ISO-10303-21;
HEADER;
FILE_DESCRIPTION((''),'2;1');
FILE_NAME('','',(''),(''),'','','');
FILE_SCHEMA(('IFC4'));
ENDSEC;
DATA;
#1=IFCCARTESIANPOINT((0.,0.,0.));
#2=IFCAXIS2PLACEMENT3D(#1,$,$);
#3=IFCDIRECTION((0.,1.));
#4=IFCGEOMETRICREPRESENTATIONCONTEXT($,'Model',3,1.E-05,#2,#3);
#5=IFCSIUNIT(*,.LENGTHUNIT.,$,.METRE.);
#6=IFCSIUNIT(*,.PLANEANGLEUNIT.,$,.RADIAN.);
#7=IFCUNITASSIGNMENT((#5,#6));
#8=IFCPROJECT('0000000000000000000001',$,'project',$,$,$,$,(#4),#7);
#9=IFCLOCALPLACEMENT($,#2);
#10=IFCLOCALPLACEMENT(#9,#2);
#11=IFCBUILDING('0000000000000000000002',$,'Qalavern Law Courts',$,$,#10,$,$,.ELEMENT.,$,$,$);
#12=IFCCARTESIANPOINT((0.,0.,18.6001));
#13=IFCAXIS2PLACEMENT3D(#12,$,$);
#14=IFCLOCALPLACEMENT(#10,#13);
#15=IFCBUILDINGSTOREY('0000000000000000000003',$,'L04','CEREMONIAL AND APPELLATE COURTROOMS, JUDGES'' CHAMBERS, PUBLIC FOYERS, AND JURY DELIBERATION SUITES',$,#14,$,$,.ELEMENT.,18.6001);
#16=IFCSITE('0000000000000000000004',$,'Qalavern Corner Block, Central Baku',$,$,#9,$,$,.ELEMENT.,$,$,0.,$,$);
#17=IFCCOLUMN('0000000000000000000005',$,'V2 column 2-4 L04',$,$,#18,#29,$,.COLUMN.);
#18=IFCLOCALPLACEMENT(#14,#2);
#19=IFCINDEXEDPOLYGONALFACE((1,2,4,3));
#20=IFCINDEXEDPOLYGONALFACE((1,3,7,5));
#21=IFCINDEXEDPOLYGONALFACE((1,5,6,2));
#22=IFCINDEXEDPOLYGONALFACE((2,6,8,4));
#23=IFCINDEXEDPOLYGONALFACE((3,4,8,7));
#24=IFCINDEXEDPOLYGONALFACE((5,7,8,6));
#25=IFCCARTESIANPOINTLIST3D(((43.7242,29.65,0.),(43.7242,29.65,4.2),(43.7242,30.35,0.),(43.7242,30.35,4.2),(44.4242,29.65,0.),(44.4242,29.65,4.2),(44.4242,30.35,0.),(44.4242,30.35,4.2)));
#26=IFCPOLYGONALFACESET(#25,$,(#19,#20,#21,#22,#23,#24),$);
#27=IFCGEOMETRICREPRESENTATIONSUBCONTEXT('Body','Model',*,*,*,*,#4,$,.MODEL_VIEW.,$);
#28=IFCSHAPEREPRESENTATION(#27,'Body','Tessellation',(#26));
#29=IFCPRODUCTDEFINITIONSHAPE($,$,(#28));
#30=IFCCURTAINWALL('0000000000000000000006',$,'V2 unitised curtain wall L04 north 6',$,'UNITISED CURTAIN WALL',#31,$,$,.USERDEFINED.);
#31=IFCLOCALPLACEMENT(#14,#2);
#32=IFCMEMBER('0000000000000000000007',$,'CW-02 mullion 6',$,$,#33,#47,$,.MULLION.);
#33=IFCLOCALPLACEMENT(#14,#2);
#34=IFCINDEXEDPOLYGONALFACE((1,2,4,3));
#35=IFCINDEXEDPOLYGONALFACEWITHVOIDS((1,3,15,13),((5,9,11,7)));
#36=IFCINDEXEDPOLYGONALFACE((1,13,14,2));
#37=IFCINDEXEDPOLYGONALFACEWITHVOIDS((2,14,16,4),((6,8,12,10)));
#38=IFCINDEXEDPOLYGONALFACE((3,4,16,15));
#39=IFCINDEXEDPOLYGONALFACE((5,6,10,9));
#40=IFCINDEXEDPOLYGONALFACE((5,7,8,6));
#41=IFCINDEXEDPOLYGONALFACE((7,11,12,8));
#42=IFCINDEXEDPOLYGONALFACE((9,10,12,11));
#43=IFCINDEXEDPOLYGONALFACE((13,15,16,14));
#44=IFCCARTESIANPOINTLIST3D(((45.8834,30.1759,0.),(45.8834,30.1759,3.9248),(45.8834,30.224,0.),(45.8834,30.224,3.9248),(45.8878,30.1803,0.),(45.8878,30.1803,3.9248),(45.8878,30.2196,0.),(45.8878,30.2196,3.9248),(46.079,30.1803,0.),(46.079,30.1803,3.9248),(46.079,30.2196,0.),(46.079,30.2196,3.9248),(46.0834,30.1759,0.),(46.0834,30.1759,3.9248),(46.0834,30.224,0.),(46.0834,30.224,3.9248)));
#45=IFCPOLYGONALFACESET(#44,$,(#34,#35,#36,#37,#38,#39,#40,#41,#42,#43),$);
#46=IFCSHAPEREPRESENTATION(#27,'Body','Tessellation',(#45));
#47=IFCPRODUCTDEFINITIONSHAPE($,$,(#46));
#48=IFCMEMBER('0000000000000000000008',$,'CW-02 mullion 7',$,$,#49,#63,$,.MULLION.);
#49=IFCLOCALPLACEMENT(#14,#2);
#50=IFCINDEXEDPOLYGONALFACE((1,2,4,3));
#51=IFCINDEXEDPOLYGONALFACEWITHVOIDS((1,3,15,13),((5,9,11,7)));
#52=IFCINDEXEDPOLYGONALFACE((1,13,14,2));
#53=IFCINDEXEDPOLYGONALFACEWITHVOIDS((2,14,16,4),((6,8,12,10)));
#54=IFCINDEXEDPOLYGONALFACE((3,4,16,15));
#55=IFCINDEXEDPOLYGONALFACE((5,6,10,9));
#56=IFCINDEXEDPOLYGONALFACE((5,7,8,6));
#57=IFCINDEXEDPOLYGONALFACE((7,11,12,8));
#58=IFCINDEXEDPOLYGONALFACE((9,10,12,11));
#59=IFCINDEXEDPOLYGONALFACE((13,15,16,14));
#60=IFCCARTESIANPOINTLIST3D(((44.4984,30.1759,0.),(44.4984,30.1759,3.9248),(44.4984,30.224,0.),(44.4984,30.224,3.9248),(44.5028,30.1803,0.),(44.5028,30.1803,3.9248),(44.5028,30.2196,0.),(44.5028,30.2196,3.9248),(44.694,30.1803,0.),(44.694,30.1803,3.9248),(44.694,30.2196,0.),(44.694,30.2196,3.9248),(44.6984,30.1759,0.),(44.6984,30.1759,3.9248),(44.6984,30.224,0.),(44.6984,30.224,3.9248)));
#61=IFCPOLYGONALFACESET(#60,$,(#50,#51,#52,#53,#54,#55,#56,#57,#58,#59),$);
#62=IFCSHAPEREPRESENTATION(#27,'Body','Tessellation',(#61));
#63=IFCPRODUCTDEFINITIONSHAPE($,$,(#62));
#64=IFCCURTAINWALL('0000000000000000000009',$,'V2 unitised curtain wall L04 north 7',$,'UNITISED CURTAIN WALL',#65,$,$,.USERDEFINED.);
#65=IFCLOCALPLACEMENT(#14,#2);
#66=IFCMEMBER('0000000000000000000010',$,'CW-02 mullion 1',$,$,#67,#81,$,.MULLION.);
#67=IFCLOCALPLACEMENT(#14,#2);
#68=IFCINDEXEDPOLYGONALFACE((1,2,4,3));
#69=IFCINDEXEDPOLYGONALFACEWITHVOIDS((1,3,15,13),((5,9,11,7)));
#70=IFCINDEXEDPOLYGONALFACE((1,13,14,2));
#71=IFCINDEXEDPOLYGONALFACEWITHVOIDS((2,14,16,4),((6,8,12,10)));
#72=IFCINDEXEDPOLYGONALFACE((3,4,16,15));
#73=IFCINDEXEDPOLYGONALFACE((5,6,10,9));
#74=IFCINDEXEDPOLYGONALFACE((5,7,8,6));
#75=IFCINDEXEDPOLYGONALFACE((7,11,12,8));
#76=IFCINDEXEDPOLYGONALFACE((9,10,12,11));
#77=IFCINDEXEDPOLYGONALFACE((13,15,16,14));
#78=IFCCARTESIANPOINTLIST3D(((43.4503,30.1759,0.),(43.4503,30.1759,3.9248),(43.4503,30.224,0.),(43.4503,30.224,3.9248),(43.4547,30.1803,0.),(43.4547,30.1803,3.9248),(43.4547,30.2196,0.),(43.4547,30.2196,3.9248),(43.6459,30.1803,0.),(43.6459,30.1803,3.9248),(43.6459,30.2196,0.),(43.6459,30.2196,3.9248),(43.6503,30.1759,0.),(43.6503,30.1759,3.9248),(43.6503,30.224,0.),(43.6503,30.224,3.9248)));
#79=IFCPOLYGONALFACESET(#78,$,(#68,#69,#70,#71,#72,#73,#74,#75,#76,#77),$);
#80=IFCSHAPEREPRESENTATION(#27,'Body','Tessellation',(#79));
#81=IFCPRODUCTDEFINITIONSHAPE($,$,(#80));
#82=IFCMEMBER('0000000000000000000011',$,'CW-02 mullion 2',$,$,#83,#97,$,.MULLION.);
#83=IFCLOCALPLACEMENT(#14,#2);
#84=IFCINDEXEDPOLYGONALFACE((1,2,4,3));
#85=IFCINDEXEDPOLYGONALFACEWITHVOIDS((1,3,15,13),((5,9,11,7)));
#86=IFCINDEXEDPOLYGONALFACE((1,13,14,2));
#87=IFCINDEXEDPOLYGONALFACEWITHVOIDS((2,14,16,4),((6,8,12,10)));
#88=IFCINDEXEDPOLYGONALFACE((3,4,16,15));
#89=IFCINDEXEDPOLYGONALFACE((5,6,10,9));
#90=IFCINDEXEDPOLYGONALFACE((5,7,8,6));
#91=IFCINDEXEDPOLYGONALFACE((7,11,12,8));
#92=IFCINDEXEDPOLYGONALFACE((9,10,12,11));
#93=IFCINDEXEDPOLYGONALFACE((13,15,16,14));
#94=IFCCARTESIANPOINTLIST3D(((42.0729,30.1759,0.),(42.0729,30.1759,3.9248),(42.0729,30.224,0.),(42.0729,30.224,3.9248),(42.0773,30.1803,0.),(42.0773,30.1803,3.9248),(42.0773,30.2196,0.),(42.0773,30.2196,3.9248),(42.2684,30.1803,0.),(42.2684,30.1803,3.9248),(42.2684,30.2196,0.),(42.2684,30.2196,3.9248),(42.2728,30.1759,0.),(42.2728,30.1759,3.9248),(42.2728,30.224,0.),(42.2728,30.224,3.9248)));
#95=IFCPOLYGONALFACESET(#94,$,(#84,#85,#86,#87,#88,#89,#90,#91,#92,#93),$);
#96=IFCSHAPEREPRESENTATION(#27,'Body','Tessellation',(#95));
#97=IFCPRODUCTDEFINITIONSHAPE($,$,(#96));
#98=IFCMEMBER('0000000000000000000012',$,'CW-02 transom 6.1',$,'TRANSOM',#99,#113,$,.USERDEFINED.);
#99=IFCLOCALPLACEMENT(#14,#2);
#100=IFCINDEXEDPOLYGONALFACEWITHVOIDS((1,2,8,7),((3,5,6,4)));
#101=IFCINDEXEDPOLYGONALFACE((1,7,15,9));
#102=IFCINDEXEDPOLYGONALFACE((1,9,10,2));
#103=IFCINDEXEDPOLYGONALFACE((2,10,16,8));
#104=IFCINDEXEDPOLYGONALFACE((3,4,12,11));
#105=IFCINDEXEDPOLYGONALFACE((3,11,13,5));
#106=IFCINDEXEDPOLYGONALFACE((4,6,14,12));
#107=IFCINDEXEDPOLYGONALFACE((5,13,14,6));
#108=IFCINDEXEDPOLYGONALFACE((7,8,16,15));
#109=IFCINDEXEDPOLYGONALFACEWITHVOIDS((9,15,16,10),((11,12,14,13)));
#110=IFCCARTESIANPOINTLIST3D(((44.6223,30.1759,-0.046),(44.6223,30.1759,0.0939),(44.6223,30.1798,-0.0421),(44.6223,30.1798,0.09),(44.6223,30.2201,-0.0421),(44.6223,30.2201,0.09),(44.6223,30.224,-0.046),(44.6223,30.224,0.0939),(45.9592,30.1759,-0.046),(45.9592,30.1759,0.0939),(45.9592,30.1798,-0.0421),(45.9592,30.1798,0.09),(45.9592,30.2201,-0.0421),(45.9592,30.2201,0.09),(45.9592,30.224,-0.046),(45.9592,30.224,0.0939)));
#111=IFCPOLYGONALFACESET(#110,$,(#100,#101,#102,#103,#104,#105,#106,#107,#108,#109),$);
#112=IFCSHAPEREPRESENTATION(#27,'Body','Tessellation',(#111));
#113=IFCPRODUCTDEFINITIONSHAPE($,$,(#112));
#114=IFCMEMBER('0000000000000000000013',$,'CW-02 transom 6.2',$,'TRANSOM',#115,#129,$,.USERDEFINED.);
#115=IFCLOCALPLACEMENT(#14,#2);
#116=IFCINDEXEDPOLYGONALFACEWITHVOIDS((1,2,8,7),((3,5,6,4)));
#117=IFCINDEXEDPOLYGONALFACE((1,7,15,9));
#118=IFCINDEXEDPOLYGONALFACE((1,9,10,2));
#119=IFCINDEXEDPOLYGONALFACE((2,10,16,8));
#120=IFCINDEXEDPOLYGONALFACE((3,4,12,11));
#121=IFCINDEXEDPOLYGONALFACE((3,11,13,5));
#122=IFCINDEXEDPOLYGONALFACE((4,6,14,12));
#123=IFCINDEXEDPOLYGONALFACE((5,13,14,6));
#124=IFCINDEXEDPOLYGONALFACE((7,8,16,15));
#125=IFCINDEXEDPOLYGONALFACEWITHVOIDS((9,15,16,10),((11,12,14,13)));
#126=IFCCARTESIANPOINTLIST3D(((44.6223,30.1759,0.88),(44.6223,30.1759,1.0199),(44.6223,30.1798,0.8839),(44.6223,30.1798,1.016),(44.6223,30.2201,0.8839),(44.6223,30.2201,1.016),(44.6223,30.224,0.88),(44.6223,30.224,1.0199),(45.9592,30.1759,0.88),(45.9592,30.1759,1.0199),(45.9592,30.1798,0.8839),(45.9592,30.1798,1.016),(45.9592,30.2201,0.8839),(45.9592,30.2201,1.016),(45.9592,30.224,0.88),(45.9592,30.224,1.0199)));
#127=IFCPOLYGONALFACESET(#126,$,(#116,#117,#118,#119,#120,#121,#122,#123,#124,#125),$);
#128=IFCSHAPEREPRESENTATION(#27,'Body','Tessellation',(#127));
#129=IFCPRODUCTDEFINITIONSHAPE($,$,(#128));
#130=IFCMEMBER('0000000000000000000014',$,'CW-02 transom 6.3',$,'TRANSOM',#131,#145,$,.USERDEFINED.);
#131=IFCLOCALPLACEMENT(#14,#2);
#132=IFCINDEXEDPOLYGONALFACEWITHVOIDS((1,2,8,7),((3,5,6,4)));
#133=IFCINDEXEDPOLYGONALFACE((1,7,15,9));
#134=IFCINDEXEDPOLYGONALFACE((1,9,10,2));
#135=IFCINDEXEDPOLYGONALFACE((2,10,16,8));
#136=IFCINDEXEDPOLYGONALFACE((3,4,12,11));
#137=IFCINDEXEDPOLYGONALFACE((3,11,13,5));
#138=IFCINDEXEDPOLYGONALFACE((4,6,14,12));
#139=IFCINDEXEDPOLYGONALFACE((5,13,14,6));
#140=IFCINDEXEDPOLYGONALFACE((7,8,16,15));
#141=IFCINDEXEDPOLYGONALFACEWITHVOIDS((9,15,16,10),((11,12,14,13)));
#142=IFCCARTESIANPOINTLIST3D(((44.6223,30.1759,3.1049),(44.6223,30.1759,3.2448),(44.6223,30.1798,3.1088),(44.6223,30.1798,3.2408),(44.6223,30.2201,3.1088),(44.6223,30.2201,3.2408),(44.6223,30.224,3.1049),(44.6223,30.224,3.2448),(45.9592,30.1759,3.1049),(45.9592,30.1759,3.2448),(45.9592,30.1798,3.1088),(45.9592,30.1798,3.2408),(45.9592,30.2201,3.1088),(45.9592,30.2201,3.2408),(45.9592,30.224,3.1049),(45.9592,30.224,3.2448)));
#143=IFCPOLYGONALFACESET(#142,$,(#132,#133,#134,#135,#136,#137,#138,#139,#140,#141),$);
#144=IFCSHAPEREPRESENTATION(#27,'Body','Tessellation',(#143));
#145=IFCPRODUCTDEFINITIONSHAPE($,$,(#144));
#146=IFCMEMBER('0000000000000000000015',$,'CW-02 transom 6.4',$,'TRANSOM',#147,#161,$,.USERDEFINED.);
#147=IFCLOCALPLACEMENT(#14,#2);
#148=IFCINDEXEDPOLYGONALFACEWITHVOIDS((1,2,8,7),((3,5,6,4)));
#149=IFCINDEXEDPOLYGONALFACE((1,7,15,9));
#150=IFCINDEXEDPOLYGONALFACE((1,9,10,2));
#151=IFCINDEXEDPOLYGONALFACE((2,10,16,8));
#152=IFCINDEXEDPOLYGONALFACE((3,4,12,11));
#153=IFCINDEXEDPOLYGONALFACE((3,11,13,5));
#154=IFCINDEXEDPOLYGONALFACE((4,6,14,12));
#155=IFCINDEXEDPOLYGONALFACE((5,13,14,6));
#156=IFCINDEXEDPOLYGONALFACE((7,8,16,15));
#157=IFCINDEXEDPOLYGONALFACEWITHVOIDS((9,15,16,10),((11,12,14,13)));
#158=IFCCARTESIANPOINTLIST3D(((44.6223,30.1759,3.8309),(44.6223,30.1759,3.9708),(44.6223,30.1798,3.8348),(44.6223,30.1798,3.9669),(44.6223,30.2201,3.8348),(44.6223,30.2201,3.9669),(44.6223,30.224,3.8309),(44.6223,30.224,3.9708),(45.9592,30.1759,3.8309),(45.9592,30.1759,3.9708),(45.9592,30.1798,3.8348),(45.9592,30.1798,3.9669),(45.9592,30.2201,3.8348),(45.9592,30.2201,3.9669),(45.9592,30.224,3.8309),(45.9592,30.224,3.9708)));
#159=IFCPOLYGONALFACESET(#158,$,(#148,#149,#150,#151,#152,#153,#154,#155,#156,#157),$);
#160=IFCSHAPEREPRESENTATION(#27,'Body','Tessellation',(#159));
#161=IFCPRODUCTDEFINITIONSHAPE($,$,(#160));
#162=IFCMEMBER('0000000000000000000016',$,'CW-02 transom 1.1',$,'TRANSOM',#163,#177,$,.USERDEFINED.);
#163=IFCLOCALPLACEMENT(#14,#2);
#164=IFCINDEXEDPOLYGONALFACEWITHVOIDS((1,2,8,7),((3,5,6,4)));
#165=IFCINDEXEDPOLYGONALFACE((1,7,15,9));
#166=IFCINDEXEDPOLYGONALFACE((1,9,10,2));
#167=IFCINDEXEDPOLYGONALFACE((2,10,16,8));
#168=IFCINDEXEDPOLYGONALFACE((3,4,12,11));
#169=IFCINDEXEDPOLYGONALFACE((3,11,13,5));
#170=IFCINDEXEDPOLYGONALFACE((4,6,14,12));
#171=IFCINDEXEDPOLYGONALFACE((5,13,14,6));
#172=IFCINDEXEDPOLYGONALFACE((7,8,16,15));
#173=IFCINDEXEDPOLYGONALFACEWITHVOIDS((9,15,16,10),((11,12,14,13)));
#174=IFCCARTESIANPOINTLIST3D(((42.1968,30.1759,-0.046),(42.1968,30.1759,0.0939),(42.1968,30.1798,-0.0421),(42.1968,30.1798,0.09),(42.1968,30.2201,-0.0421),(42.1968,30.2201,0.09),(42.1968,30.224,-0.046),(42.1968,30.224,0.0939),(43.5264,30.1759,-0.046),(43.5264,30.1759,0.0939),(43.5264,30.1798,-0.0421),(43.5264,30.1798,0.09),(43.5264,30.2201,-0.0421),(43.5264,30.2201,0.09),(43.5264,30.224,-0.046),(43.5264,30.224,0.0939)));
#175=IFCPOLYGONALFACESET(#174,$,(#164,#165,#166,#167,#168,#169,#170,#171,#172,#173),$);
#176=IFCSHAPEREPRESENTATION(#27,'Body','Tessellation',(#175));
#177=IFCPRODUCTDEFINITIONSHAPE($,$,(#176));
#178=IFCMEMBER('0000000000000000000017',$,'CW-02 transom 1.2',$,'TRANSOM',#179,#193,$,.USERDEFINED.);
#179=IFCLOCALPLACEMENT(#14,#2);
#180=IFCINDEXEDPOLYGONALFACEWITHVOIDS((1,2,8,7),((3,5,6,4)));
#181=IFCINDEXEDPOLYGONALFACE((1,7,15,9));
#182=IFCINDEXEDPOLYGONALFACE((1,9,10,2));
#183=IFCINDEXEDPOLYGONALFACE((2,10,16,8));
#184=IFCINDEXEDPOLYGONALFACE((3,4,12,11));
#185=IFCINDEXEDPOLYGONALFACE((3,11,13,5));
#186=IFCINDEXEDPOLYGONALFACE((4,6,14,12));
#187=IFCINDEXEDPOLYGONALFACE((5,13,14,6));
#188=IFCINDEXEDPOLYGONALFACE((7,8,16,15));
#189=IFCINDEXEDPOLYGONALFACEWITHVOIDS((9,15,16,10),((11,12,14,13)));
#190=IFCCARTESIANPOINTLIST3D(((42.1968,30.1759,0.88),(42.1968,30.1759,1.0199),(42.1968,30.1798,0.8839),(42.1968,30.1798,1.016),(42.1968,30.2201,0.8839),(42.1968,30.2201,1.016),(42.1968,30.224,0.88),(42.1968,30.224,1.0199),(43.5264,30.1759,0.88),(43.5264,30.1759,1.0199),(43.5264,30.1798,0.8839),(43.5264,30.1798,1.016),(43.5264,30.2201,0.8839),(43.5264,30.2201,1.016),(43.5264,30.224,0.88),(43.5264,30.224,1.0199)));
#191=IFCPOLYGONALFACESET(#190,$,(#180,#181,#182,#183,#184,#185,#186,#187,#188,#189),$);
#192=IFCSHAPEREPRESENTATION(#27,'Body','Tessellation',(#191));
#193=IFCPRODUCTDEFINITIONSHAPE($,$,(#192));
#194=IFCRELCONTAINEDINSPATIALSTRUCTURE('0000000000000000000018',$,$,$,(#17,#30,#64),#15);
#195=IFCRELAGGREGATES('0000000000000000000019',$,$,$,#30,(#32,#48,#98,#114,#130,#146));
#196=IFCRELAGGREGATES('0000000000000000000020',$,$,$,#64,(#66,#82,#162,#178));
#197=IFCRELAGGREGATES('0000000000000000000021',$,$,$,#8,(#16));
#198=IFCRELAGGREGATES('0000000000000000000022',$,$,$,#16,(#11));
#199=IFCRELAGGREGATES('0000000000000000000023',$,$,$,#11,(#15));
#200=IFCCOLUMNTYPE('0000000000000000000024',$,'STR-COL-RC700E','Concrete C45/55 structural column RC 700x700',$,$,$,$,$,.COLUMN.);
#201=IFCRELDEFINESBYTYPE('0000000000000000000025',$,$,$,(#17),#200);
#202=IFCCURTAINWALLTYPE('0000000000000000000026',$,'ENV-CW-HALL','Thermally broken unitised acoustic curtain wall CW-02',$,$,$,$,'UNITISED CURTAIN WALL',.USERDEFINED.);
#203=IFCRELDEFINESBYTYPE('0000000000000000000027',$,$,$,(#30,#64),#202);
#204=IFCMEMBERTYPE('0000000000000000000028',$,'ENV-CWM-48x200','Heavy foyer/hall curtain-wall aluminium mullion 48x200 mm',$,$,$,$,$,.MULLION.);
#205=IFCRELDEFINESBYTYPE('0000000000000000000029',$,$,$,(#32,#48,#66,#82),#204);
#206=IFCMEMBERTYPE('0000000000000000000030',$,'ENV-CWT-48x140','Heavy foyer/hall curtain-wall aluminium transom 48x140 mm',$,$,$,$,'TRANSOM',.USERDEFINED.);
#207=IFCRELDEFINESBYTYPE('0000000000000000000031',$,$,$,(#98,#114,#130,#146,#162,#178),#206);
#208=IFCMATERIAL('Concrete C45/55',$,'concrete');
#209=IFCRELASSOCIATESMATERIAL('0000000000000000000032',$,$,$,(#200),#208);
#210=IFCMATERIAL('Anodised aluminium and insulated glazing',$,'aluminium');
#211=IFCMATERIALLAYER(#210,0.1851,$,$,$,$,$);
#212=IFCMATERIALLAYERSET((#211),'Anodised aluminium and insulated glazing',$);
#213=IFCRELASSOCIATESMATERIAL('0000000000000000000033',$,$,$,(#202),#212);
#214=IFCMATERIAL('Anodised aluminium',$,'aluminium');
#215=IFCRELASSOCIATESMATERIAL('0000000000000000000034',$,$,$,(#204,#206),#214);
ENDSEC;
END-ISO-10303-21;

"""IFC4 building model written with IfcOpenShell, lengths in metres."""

from ifc_helpers import new_model, si_unit, direction, frame, origin, origin_2d, place, context, subcontext, project, spatial, rectangle, hollow_rectangle, extrude, material, layer, layer_set, material_profile, profile_set, type_object, element, aggregate, save


model = new_model("IFC4")

# Units and contexts
model_context = context("Model", 3, precision=1e-05, world=origin(), true_north=direction((0.0, 1.0)))
body_context = subcontext(model_context, "Body", "Model", "MODEL_VIEW")
ifc_project = project(units=[si_unit("LENGTHUNIT", "METRE"), si_unit("PLANEANGLEUNIT", "RADIAN")], contexts=[model_context])

# Site, building, storey
site_placement = place(None, origin())
site = spatial("IfcSite", under=ifc_project, at=site_placement, Name="Qalavern Corner Block, Central Baku", CompositionType="ELEMENT", RefElevation=0.0)
building_placement = place(site_placement, origin())
building = spatial("IfcBuilding", under=site, at=building_placement, Name="Qalavern Law Courts", CompositionType="ELEMENT")
storey_placement = place(building_placement, frame((0.0, 0.0, 18.6001)))
storey = spatial("IfcBuildingStorey", under=building, at=storey_placement, Name="L04", Description="CEREMONIAL AND APPELLATE COURTROOMS, JUDGES' CHAMBERS, PUBLIC FOYERS, AND JURY DELIBERATION SUITES", CompositionType="ELEMENT", Elevation=18.6001)

# Column
ifc_material_1 = material(Name="Concrete C45/55", Category="concrete")
ifc_material_profile_1 = material_profile(ifc_material_1, rectangle(XDim=0.7, YDim=0.7, at=origin_2d()), Name="RC 700x700")
ifc_profile_set_1 = profile_set([ifc_material_profile_1], Name="Concrete C45/55")
column_type = type_object("IfcColumnType", Name="STR-COL-RC700E", Description="Concrete C45/55 structural column RC 700x700", PredefinedType="COLUMN", material=ifc_profile_set_1)
column_placement = place(storey_placement, frame((44.0742, 30.0, 0.0), z_axis=(0.0, 0.0, 1.0), x_axis=(1.0, 0.0, 0.0)))
element("IfcColumn", 1, at=column_placement, inside=storey, type_object=column_type, Name="V2 column 2-4 L04", PredefinedType="COLUMN", context=body_context, shape_type="SweptSolid", body=[
    extrude(rectangle(XDim=0.7, YDim=0.7, at=origin_2d()), origin(), (0.0, 0.0, 1.0), 4.2),
])

# Curtain walls, members
ifc_material_2 = material(Name="Anodised aluminium and insulated glazing", Category="aluminium")
ifc_layer_1 = layer(ifc_material_2, 0.1851)
ifc_layer_set_1 = layer_set([ifc_layer_1], Name="Anodised aluminium and insulated glazing")
curtain_wall_type = type_object("IfcCurtainWallType", Name="ENV-CW-HALL", Description="Thermally broken unitised acoustic curtain wall CW-02", ElementType="UNITISED CURTAIN WALL", PredefinedType="USERDEFINED", material=ifc_layer_set_1)
curtain_wall_1_placement = place(storey_placement, origin())
curtain_wall_1 = element("IfcCurtainWall", 2, at=curtain_wall_1_placement, inside=storey, type_object=curtain_wall_type, Name="V2 unitised curtain wall L04 north 6", ObjectType="UNITISED CURTAIN WALL", PredefinedType="USERDEFINED")
ifc_material_3 = material(Name="Anodised aluminium", Category="aluminium")
ifc_material_profile_2 = material_profile(ifc_material_3, hollow_rectangle(XDim=0.0481, YDim=0.2, WallThickness=0.0044, at=origin_2d()), Name="ALU MULLION 48x200")
ifc_profile_set_2 = profile_set([ifc_material_profile_2], Name="Anodised aluminium")
member_type_1 = type_object("IfcMemberType", Name="ENV-CWM-48x200", Description="Heavy foyer/hall curtain-wall aluminium mullion 48x200 mm", PredefinedType="MULLION", material=ifc_profile_set_2)
member_1_placement = place(storey_placement, frame((45.9834, 30.2, 0.0), z_axis=(0.0, 0.0, 1.0), x_axis=(0.0, -1.0, 0.0)))
member_1 = element("IfcMember", 3, at=member_1_placement, type_object=member_type_1, Name="CW-02 mullion 6", PredefinedType="MULLION", context=body_context, shape_type="SweptSolid", body=[
    extrude(hollow_rectangle(XDim=0.0481, YDim=0.2, WallThickness=0.0044, at=origin_2d()), origin(), (0.0, 0.0, 1.0), 3.9248),
])
member_2_placement = place(storey_placement, frame((44.5984, 30.2, 0.0), z_axis=(0.0, 0.0, 1.0), x_axis=(0.0, -1.0, 0.0)))
member_2 = element("IfcMember", 4, at=member_2_placement, type_object=member_type_1, Name="CW-02 mullion 7", PredefinedType="MULLION", context=body_context, shape_type="SweptSolid", body=[
    extrude(hollow_rectangle(XDim=0.0481, YDim=0.2, WallThickness=0.0044, at=origin_2d()), origin(), (0.0, 0.0, 1.0), 3.9248),
])
curtain_wall_2_placement = place(storey_placement, origin())
curtain_wall_2 = element("IfcCurtainWall", 5, at=curtain_wall_2_placement, inside=storey, type_object=curtain_wall_type, Name="V2 unitised curtain wall L04 north 7", ObjectType="UNITISED CURTAIN WALL", PredefinedType="USERDEFINED")
member_3_placement = place(storey_placement, frame((43.5503, 30.2, 0.0), z_axis=(0.0, 0.0, 1.0), x_axis=(0.0, -1.0, 0.0)))
member_3 = element("IfcMember", 6, at=member_3_placement, type_object=member_type_1, Name="CW-02 mullion 1", PredefinedType="MULLION", context=body_context, shape_type="SweptSolid", body=[
    extrude(hollow_rectangle(XDim=0.0481, YDim=0.2, WallThickness=0.0044, at=origin_2d()), origin(), (0.0, 0.0, 1.0), 3.9248),
])
member_4_placement = place(storey_placement, frame((42.1729, 30.2, 0.0), z_axis=(0.0, 0.0, 1.0), x_axis=(0.0, -1.0, 0.0)))
member_4 = element("IfcMember", 7, at=member_4_placement, type_object=member_type_1, Name="CW-02 mullion 2", PredefinedType="MULLION", context=body_context, shape_type="SweptSolid", body=[
    extrude(hollow_rectangle(XDim=0.0481, YDim=0.2, WallThickness=0.0044, at=origin_2d()), origin(), (0.0, 0.0, 1.0), 3.9248),
])

# Members
ifc_material_profile_3 = material_profile(ifc_material_3, hollow_rectangle(XDim=0.0481, YDim=0.1399, WallThickness=0.0039, at=origin_2d()), Name="ALU TRANSOM 48x140")
ifc_profile_set_3 = profile_set([ifc_material_profile_3], Name="Anodised aluminium")
member_type_2 = type_object("IfcMemberType", Name="ENV-CWT-48x140", Description="Heavy foyer/hall curtain-wall aluminium transom 48x140 mm", ElementType="TRANSOM", PredefinedType="USERDEFINED", material=ifc_profile_set_3)
member_5_placement = place(storey_placement, frame((45.9592, 30.2, 0.0239), z_axis=(-1.0, 0.0, 0.0), x_axis=(0.0, -1.0, 0.0)))
member_5 = element("IfcMember", 8, at=member_5_placement, type_object=member_type_2, Name="CW-02 transom 6.1", ObjectType="TRANSOM", PredefinedType="USERDEFINED", context=body_context, shape_type="SweptSolid", body=[
    extrude(hollow_rectangle(XDim=0.0481, YDim=0.1399, WallThickness=0.0039, at=origin_2d()), origin(), (0.0, 0.0, 1.0), 1.3369),
])
member_6_placement = place(storey_placement, frame((45.9592, 30.2, 0.95), z_axis=(-1.0, 0.0, 0.0), x_axis=(0.0, -1.0, 0.0)))
member_6 = element("IfcMember", 9, at=member_6_placement, type_object=member_type_2, Name="CW-02 transom 6.2", ObjectType="TRANSOM", PredefinedType="USERDEFINED", context=body_context, shape_type="SweptSolid", body=[
    extrude(hollow_rectangle(XDim=0.0481, YDim=0.1399, WallThickness=0.0039, at=origin_2d()), origin(), (0.0, 0.0, 1.0), 1.3369),
])
member_7_placement = place(storey_placement, frame((45.9592, 30.2, 3.1748), z_axis=(-1.0, 0.0, 0.0), x_axis=(0.0, -1.0, 0.0)))
member_7 = element("IfcMember", 10, at=member_7_placement, type_object=member_type_2, Name="CW-02 transom 6.3", ObjectType="TRANSOM", PredefinedType="USERDEFINED", context=body_context, shape_type="SweptSolid", body=[
    extrude(hollow_rectangle(XDim=0.0481, YDim=0.1399, WallThickness=0.0039, at=origin_2d()), origin(), (0.0, 0.0, 1.0), 1.3369),
])
member_8_placement = place(storey_placement, frame((45.9592, 30.2, 3.9009), z_axis=(-1.0, 0.0, 0.0), x_axis=(0.0, -1.0, 0.0)))
member_8 = element("IfcMember", 11, at=member_8_placement, type_object=member_type_2, Name="CW-02 transom 6.4", ObjectType="TRANSOM", PredefinedType="USERDEFINED", context=body_context, shape_type="SweptSolid", body=[
    extrude(hollow_rectangle(XDim=0.0481, YDim=0.1399, WallThickness=0.0039, at=origin_2d()), origin(), (0.0, 0.0, 1.0), 1.3369),
])
member_9_placement = place(storey_placement, frame((43.5264, 30.2, 0.0239), z_axis=(-1.0, 0.0, 0.0), x_axis=(0.0, -1.0, 0.0)))
member_9 = element("IfcMember", 12, at=member_9_placement, type_object=member_type_2, Name="CW-02 transom 1.1", ObjectType="TRANSOM", PredefinedType="USERDEFINED", context=body_context, shape_type="SweptSolid", body=[
    extrude(hollow_rectangle(XDim=0.0481, YDim=0.1399, WallThickness=0.0039, at=origin_2d()), origin(), (0.0, 0.0, 1.0), 1.3296),
])
member_10_placement = place(storey_placement, frame((43.5264, 30.2, 0.95), z_axis=(-1.0, 0.0, 0.0), x_axis=(0.0, -1.0, 0.0)))
member_10 = element("IfcMember", 13, at=member_10_placement, type_object=member_type_2, Name="CW-02 transom 1.2", ObjectType="TRANSOM", PredefinedType="USERDEFINED", context=body_context, shape_type="SweptSolid", body=[
    extrude(hollow_rectangle(XDim=0.0481, YDim=0.1399, WallThickness=0.0039, at=origin_2d()), origin(), (0.0, 0.0, 1.0), 1.3296),
])

aggregate(curtain_wall_1, [member_1, member_2, member_5, member_6, member_7, member_8])
aggregate(curtain_wall_2, [member_3, member_4, member_9, member_10])

save(model, "model.ifc")
